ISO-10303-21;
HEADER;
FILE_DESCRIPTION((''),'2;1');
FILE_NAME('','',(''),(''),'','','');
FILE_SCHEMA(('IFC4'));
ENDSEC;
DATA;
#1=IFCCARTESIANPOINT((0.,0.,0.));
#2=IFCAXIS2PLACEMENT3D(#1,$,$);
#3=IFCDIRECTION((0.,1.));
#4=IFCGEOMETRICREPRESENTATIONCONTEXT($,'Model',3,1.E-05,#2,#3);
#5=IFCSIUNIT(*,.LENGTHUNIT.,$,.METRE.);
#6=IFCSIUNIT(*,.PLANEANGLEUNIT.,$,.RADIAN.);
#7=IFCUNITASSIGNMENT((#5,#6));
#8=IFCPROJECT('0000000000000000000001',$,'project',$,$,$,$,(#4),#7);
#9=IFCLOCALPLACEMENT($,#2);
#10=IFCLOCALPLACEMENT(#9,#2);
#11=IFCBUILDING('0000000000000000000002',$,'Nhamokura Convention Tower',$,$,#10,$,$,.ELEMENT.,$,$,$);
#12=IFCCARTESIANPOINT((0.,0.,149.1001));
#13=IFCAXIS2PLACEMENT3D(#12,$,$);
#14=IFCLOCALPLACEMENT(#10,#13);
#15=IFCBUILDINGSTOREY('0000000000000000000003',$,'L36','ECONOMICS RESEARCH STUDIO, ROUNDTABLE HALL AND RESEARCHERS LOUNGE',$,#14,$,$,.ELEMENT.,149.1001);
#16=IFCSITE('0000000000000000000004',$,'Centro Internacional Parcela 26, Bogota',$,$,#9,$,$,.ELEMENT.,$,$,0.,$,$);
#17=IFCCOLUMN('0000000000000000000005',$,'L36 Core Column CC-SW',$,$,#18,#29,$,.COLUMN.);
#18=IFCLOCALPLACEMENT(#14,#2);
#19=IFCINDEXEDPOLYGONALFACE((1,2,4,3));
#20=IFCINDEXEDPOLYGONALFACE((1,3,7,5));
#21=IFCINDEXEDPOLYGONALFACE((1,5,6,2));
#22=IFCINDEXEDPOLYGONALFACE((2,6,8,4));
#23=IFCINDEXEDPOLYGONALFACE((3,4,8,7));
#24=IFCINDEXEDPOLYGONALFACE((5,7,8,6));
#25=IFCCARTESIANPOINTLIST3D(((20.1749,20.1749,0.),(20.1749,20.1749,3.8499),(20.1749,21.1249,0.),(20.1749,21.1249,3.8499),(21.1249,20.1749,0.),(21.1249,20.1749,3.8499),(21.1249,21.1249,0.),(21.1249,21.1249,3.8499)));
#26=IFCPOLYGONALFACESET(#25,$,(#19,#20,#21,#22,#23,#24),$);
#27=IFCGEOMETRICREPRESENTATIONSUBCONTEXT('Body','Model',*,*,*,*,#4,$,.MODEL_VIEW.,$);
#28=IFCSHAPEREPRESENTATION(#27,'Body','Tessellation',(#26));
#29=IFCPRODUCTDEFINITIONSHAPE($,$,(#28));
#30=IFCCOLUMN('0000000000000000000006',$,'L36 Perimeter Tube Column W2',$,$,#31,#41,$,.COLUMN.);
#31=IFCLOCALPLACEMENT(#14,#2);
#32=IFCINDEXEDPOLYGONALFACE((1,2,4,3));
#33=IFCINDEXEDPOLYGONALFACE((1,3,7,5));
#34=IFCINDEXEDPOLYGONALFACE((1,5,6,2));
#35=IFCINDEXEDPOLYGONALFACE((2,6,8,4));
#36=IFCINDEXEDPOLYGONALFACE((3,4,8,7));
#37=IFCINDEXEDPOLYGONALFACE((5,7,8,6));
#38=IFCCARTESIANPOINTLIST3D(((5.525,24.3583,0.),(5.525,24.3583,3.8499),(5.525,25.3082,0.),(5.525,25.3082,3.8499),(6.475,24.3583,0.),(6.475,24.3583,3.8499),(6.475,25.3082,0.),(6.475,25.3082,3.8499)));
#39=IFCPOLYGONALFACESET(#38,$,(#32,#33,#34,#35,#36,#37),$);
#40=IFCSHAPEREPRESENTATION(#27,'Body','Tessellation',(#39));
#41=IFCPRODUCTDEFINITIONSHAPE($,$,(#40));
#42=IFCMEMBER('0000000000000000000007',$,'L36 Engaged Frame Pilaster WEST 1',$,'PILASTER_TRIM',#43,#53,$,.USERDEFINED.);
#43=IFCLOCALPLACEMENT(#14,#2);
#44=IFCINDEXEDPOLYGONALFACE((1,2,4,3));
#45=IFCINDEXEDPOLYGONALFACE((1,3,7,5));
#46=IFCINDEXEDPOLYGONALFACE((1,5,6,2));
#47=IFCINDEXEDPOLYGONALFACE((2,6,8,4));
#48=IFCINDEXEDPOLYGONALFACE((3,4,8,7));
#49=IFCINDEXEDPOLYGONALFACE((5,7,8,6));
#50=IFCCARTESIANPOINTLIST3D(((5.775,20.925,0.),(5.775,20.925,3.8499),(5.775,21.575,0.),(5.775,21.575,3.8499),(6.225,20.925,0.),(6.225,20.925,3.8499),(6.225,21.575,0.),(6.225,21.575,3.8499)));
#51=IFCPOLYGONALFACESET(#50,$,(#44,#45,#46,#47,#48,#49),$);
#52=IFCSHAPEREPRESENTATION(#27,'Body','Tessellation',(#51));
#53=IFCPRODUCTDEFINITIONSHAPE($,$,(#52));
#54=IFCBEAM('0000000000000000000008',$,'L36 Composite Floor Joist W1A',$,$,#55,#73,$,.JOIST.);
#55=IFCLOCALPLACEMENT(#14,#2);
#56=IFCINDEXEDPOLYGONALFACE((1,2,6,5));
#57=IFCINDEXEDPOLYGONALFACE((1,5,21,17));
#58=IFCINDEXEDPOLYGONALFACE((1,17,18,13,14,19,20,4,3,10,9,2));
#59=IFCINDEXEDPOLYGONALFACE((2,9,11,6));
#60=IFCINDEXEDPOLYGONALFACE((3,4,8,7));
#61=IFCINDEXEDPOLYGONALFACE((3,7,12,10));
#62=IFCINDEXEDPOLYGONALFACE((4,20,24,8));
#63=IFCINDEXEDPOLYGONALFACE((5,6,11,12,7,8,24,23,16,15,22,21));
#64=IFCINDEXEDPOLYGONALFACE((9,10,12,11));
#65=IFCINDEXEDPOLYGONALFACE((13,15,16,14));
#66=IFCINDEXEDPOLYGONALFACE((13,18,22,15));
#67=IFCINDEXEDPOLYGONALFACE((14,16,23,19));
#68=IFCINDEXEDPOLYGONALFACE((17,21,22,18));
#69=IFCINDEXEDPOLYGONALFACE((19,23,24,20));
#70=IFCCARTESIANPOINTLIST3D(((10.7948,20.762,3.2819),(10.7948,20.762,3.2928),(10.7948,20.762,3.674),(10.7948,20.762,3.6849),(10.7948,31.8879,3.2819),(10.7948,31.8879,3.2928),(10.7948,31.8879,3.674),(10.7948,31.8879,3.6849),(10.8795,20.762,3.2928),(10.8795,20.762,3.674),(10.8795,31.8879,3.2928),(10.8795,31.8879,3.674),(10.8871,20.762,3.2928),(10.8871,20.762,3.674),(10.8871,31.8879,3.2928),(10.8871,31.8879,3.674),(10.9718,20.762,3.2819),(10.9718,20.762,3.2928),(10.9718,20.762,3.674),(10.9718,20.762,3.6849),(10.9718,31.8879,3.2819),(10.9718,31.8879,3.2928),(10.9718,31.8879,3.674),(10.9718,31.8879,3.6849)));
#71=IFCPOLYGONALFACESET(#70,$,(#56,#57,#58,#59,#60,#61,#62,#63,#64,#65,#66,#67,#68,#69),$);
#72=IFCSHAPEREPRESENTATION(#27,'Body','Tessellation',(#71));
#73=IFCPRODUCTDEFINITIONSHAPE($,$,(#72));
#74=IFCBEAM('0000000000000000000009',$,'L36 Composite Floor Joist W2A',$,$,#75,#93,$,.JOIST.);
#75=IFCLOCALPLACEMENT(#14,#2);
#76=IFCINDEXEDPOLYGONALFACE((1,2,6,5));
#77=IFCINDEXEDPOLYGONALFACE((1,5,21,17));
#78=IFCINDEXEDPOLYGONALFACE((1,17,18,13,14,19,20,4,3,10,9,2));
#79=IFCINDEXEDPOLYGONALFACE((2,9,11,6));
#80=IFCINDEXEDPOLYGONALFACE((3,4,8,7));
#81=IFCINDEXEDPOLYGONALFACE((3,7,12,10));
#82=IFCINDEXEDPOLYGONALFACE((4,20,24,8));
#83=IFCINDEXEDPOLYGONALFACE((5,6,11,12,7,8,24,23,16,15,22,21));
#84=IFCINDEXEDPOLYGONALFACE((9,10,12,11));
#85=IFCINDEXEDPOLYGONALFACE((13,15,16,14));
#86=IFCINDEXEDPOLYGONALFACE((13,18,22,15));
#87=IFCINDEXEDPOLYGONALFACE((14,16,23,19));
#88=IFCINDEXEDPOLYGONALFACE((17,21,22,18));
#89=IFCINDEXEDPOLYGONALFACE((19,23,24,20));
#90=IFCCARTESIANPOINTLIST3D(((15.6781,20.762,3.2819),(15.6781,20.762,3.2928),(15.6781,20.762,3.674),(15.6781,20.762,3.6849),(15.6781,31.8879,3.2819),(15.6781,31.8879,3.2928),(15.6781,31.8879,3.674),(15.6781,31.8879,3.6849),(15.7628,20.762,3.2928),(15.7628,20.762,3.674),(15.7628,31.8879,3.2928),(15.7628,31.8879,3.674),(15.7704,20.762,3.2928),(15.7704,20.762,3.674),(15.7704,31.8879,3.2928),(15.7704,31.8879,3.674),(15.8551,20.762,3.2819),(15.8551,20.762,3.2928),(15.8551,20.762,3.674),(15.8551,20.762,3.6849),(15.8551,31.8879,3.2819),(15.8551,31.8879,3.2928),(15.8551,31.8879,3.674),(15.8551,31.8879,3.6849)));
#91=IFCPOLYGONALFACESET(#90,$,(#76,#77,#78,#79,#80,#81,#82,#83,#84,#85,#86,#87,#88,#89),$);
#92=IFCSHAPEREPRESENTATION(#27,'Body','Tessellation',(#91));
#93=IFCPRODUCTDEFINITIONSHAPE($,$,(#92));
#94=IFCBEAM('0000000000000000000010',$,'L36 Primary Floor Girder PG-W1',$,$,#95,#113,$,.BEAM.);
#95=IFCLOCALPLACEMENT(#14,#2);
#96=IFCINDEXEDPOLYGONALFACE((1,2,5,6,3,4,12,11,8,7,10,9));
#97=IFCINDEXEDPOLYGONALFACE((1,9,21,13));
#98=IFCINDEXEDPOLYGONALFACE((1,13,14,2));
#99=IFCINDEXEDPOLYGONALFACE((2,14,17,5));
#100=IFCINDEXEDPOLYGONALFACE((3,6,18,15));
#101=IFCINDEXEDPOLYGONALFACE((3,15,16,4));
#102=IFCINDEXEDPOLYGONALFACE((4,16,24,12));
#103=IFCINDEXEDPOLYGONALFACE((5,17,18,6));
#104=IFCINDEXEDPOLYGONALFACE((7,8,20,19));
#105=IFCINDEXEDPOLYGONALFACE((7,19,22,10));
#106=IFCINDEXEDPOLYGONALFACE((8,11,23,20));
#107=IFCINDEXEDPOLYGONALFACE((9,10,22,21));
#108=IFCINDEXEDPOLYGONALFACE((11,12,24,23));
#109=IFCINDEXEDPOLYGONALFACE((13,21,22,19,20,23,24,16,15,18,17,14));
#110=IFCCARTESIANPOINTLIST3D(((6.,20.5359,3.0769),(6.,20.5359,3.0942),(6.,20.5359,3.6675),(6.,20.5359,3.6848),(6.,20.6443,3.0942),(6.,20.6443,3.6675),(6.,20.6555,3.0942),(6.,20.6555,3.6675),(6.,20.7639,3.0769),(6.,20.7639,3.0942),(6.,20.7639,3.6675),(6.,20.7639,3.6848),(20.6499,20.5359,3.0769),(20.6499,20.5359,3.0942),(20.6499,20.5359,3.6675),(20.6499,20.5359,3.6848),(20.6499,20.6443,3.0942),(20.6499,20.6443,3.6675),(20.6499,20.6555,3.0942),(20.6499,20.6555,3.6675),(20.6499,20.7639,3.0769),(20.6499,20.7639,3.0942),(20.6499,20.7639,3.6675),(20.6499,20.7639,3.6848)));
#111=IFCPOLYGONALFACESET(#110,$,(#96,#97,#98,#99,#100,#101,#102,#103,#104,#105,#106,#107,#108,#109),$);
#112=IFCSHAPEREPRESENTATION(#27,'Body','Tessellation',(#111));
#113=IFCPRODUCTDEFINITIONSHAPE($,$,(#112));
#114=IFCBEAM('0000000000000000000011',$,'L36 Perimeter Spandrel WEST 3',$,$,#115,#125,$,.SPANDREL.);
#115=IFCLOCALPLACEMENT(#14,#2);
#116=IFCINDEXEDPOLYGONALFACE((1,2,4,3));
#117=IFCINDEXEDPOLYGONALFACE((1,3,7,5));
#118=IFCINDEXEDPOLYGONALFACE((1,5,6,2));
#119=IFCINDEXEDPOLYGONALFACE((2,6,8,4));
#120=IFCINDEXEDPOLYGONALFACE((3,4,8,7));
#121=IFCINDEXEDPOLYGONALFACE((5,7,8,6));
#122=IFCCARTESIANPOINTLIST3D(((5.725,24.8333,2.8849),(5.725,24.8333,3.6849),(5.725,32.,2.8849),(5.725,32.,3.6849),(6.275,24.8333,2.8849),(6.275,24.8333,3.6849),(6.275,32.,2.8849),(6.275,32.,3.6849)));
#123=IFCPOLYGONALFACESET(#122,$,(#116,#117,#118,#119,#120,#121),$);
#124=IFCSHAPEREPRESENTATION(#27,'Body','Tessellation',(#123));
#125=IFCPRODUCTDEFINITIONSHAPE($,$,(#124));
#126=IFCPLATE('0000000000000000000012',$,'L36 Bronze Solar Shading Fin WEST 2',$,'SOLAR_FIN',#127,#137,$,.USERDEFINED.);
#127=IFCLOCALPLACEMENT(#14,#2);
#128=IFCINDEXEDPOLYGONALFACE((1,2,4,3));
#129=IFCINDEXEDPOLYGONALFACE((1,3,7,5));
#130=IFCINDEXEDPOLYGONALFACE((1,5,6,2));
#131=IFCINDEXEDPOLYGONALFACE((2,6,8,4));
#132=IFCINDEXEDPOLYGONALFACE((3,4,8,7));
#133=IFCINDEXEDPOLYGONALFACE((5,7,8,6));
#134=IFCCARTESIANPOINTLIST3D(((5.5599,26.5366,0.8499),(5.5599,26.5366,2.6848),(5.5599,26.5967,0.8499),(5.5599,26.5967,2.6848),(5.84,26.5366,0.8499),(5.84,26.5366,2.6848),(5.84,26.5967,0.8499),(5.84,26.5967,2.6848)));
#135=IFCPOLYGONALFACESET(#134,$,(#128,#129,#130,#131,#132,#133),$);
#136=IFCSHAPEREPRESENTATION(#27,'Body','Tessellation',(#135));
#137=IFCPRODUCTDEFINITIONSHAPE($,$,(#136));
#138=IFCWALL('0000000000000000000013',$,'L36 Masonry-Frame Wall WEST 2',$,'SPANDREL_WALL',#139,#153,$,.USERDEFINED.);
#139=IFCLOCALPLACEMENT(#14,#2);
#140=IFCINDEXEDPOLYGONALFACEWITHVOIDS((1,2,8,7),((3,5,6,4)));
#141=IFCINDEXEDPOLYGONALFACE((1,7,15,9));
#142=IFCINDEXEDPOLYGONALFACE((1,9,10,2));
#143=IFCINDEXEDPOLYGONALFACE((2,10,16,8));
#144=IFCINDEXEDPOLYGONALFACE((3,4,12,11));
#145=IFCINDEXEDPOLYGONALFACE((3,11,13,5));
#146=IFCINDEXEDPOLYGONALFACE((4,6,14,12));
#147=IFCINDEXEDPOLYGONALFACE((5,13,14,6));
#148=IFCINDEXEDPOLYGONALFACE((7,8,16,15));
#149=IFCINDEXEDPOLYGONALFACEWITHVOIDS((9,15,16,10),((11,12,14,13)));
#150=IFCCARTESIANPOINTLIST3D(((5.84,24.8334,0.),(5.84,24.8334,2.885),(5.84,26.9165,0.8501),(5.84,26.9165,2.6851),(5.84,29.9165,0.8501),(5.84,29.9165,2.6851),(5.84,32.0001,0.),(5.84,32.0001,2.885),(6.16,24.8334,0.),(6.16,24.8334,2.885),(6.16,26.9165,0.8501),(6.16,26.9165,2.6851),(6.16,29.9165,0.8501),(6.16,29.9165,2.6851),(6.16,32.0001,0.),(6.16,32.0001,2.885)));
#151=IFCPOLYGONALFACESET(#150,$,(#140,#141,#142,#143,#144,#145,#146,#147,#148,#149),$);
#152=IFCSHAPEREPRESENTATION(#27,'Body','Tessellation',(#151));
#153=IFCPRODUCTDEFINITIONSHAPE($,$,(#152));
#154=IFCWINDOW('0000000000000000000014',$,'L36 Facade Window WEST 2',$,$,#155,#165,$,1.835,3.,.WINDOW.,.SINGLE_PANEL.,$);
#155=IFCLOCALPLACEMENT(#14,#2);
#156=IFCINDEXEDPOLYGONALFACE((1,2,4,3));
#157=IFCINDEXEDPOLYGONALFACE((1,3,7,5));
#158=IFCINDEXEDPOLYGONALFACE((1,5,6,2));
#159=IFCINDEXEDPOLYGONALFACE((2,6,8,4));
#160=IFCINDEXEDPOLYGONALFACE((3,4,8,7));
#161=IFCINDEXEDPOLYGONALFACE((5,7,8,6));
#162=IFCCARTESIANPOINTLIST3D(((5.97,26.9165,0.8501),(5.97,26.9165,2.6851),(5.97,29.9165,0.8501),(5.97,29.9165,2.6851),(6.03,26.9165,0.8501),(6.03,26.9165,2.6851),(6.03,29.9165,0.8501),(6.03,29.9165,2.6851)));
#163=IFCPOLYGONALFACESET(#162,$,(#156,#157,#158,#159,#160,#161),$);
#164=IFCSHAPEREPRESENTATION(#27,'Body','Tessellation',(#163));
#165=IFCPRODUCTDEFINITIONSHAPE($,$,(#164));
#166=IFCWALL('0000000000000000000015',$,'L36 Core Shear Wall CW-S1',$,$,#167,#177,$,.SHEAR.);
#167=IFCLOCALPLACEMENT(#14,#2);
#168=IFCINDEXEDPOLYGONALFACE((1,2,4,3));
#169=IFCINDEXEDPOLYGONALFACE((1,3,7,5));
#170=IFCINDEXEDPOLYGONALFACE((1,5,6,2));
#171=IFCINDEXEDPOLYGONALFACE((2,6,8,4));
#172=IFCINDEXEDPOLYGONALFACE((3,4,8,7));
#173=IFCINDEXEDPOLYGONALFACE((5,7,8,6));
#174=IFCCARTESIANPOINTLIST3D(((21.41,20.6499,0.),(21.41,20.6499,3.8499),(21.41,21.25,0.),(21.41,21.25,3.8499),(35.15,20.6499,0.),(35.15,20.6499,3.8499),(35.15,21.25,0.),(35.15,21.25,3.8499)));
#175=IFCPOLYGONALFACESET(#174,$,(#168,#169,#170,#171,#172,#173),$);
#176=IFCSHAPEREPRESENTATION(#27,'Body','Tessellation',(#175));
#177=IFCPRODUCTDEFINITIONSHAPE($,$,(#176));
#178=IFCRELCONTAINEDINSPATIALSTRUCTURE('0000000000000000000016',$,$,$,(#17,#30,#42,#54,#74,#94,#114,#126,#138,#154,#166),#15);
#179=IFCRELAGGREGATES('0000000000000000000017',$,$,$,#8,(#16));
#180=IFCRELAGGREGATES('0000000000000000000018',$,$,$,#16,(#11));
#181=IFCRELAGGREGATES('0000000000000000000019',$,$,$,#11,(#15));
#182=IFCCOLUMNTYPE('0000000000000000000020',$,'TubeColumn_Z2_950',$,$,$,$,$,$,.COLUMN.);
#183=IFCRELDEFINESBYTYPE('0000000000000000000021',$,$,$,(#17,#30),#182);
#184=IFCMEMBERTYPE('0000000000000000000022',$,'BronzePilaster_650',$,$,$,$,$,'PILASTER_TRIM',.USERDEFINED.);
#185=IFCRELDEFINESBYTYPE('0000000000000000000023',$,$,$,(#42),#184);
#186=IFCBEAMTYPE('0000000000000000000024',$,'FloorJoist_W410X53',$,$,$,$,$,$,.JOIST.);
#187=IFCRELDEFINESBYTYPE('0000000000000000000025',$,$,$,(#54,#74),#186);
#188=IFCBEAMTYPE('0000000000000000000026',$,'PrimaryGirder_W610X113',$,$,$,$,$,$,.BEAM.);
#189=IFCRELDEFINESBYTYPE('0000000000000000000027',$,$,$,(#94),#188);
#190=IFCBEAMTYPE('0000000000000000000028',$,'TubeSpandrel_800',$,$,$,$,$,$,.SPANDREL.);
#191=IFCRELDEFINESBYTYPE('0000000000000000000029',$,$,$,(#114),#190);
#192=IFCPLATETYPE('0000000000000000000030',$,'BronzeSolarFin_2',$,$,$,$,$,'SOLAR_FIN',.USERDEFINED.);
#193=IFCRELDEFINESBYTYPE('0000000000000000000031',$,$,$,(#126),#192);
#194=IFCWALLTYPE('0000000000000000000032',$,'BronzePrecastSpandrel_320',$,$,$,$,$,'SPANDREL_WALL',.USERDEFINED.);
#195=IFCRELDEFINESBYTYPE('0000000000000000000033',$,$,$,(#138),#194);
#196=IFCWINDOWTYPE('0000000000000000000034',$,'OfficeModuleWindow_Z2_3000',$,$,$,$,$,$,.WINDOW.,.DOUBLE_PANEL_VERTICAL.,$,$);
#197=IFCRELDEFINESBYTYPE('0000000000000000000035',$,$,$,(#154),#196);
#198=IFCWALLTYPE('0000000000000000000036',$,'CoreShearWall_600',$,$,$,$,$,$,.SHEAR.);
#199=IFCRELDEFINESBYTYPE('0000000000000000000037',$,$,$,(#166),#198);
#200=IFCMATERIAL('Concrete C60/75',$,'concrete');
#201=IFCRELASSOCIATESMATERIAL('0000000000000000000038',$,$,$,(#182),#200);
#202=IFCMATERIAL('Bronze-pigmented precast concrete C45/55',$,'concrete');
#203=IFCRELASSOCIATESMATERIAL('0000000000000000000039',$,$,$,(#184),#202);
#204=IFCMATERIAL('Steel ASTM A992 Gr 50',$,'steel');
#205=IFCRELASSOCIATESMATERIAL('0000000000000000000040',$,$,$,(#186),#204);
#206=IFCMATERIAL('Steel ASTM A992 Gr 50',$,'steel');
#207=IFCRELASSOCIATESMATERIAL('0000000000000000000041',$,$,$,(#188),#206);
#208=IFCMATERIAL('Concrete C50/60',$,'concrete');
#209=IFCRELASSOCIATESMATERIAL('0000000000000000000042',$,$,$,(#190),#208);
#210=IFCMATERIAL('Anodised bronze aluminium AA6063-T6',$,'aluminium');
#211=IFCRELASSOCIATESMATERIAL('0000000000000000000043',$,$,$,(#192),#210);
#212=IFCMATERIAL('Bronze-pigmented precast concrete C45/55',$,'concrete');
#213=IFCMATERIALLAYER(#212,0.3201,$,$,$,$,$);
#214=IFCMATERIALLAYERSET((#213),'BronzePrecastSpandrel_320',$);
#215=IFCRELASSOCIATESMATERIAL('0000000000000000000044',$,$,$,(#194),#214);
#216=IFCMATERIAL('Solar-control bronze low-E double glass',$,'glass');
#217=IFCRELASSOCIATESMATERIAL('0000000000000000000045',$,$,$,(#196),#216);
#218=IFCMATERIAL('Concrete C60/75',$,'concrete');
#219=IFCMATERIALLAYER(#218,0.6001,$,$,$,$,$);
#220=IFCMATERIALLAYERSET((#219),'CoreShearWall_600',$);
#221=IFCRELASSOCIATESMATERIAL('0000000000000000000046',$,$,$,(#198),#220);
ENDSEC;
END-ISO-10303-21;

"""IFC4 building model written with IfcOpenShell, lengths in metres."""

from ifc_helpers import new_model, si_unit, direction, frame, frame_2d, origin, origin_2d, place, context, subcontext, project, spatial, rectangle, i_section, extrude, material, layer, layer_set, material_profile, profile_set, type_object, element, fill, save


model = new_model("IFC4")

# Units and contexts
model_context = context("Model", 3, precision=1e-05, world=origin(), true_north=direction((0.0, 1.0)))
body_context = subcontext(model_context, "Body", "Model", "MODEL_VIEW")
ifc_project = project(units=[si_unit("LENGTHUNIT", "METRE"), si_unit("PLANEANGLEUNIT", "RADIAN")], contexts=[model_context])

# Site, building, storey
site_placement = place(None, origin())
site = spatial("IfcSite", under=ifc_project, at=site_placement, Name="Centro Internacional Parcela 26, Bogota", CompositionType="ELEMENT", RefElevation=0.0)
building_placement = place(site_placement, origin())
building = spatial("IfcBuilding", under=site, at=building_placement, Name="Nhamokura Convention Tower", CompositionType="ELEMENT")
storey_placement = place(building_placement, frame((0.0, 0.0, 149.1001)))
storey = spatial("IfcBuildingStorey", under=building, at=storey_placement, Name="L36", Description="ECONOMICS RESEARCH STUDIO, ROUNDTABLE HALL AND RESEARCHERS LOUNGE", CompositionType="ELEMENT", Elevation=149.1001)

# Columns
ifc_material_1 = material(Name="Concrete C60/75", Category="concrete")
ifc_material_profile_1 = material_profile(ifc_material_1, rectangle(XDim=0.95, YDim=0.95, at=origin_2d()))
ifc_profile_set_1 = profile_set([ifc_material_profile_1], Name="Concrete C60/75")
column_type = type_object("IfcColumnType", Name="TubeColumn_Z2_950", PredefinedType="COLUMN", material=ifc_profile_set_1)
for number, where, z_axis, x_axis, name in (
    (1, (20.6499, 20.6499, 0.0), (0.0, 0.0, 1.0), (1.0, 0.0, 0.0), "L36 Core Column CC-SW"),
    (2, (6.0, 24.8333, 0.0), (0.0, 0.0, 1.0), (1.0, 0.0, 0.0), "L36 Perimeter Tube Column W2"),
):
    element("IfcColumn", number, at=place(storey_placement, frame(where, z_axis=z_axis, x_axis=x_axis)), inside=storey, type_object=column_type, Name=name, PredefinedType="COLUMN", context=body_context, shape_type="SweptSolid", body=[
        extrude(rectangle(XDim=0.95, YDim=0.95, at=origin_2d()), origin(), (0.0, 0.0, 1.0), 3.8499),
    ])

# Member
ifc_material_2 = material(Name="Bronze-pigmented precast concrete C45/55", Category="concrete")
ifc_material_profile_2 = material_profile(ifc_material_2, rectangle(XDim=0.45, YDim=0.6499, at=origin_2d()))
ifc_profile_set_2 = profile_set([ifc_material_profile_2], Name="Bronze-pigmented precast concrete C45/55")
member_type = type_object("IfcMemberType", Name="BronzePilaster_650", ElementType="PILASTER_TRIM", PredefinedType="USERDEFINED", material=ifc_profile_set_2)
member_placement = place(storey_placement, frame((6.0, 21.25, 0.0), z_axis=(0.0, 0.0, 1.0), x_axis=(1.0, 0.0, 0.0)))
element("IfcMember", 3, at=member_placement, inside=storey, type_object=member_type, Name="L36 Engaged Frame Pilaster WEST 1", ObjectType="PILASTER_TRIM", PredefinedType="USERDEFINED", context=body_context, shape_type="SweptSolid", body=[
    extrude(rectangle(XDim=0.45, YDim=0.6499, at=origin_2d()), origin(), (0.0, 0.0, 1.0), 3.8499),
])

# Beams
ifc_material_3 = material(Name="Steel ASTM A992 Gr 50", Category="steel")
ifc_material_profile_3 = material_profile(ifc_material_3, i_section(OverallWidth=0.177, OverallDepth=0.4031, WebThickness=0.0076, FlangeThickness=0.011, at=origin_2d()))
ifc_profile_set_3 = profile_set([ifc_material_profile_3], Name="Steel ASTM A992 Gr 50")
beam_type_1 = type_object("IfcBeamType", Name="FloorJoist_W410X53", PredefinedType="JOIST", material=ifc_profile_set_3)
for number, where, z_axis, x_axis, name in (
    (4, (10.8833, 20.762, 3.4834), (0.0, 1.0, 0.0), (-1.0, 0.0, 0.0), "L36 Composite Floor Joist W1A"),
    (5, (15.7666, 20.762, 3.4834), (0.0, 1.0, 0.0), (-1.0, 0.0, 0.0), "L36 Composite Floor Joist W2A"),
):
    element("IfcBeam", number, at=place(storey_placement, frame(where, z_axis=z_axis, x_axis=x_axis)), inside=storey, type_object=beam_type_1, Name=name, PredefinedType="JOIST", context=body_context, shape_type="SweptSolid", body=[
        extrude(i_section(OverallWidth=0.177, OverallDepth=0.4031, WebThickness=0.0076, FlangeThickness=0.011, at=origin_2d()), origin(), (0.0, 0.0, 1.0), 11.126),
    ])
ifc_material_4 = material(Name="Steel ASTM A992 Gr 50", Category="steel")
ifc_material_profile_4 = material_profile(ifc_material_4, i_section(OverallWidth=0.228, OverallDepth=0.6079, WebThickness=0.0112, FlangeThickness=0.0173, at=origin_2d()))
ifc_profile_set_4 = profile_set([ifc_material_profile_4], Name="Steel ASTM A992 Gr 50")
beam_type_2 = type_object("IfcBeamType", Name="PrimaryGirder_W610X113", PredefinedType="BEAM", material=ifc_profile_set_4)
beam_1_placement = place(storey_placement, frame((6.0, 20.6499, 3.3809), z_axis=(1.0, 0.0, 0.0), x_axis=(0.0, 1.0, 0.0)))
element("IfcBeam", 6, at=beam_1_placement, inside=storey, type_object=beam_type_2, Name="L36 Primary Floor Girder PG-W1", PredefinedType="BEAM", context=body_context, shape_type="SweptSolid", body=[
    extrude(i_section(OverallWidth=0.228, OverallDepth=0.6079, WebThickness=0.0112, FlangeThickness=0.0173, at=origin_2d()), origin(), (0.0, 0.0, 1.0), 14.6499),
])
ifc_material_5 = material(Name="Concrete C50/60", Category="concrete")
ifc_material_profile_5 = material_profile(ifc_material_5, rectangle(XDim=0.55, YDim=0.8, at=origin_2d()))
ifc_profile_set_5 = profile_set([ifc_material_profile_5], Name="Concrete C50/60")
beam_type_3 = type_object("IfcBeamType", Name="TubeSpandrel_800", PredefinedType="SPANDREL", material=ifc_profile_set_5)
beam_2_placement = place(storey_placement, frame((6.0, 24.8333, 3.2849), z_axis=(0.0, 1.0, 0.0), x_axis=(-1.0, 0.0, 0.0)))
element("IfcBeam", 7, at=beam_2_placement, inside=storey, type_object=beam_type_3, Name="L36 Perimeter Spandrel WEST 3", PredefinedType="SPANDREL", context=body_context, shape_type="SweptSolid", body=[
    extrude(rectangle(XDim=0.55, YDim=0.8, at=origin_2d()), origin(), (0.0, 0.0, 1.0), 7.1667),
])

# Plate
ifc_material_6 = material(Name="Anodised bronze aluminium AA6063-T6", Category="aluminium")
plate_type = type_object("IfcPlateType", Name="BronzeSolarFin_2", ElementType="SOLAR_FIN", PredefinedType="USERDEFINED", material=ifc_material_6)
plate_placement = place(storey_placement, frame((5.7, 26.5667, 0.8499), z_axis=(0.0, 0.0, 1.0), x_axis=(1.0, 0.0, 0.0)))
element("IfcPlate", 8, at=plate_placement, inside=storey, type_object=plate_type, Name="L36 Bronze Solar Shading Fin WEST 2", ObjectType="SOLAR_FIN", PredefinedType="USERDEFINED", context=body_context, shape_type="SweptSolid", body=[
    extrude(rectangle(XDim=0.28, YDim=0.0601, at=origin_2d()), origin(), (0.0, 0.0, 1.0), 1.835),
])

# Wall, opening, window
ifc_material_7 = material(Name="Bronze-pigmented precast concrete C45/55", Category="concrete")
ifc_layer_1 = layer(ifc_material_7, 0.3201)
ifc_layer_set_1 = layer_set([ifc_layer_1], Name="BronzePrecastSpandrel_320")
wall_type_1 = type_object("IfcWallType", Name="BronzePrecastSpandrel_320", ElementType="SPANDREL_WALL", PredefinedType="USERDEFINED", material=ifc_layer_set_1)
wall_1_placement = place(storey_placement, frame((6.0, 24.8333, 0.0), z_axis=(0.0, 0.0, 1.0), x_axis=(0.0, 1.0, 0.0)))
wall_1 = element("IfcWall", 9, at=wall_1_placement, inside=storey, type_object=wall_type_1, Name="L36 Masonry-Frame Wall WEST 2", ObjectType="SPANDREL_WALL", PredefinedType="USERDEFINED", context=body_context, shape_type="SweptSolid", body=[
    extrude(rectangle(XDim=7.1667, YDim=0.3201, at=frame_2d((3.5835, 0.0))), origin(), (0.0, 0.0, 1.0), 2.885),
])
opening_1_placement = place(wall_1_placement, frame((2.0833, 0.0, 0.8501)))
opening_1 = element("IfcOpeningElement", 10, at=opening_1_placement, cuts=wall_1, PredefinedType="OPENING", context=body_context, shape_type="SweptSolid", body=[
    extrude(rectangle(XDim=3.0, YDim=1.835, at=frame_2d((1.5, 0.9175))), frame((0.0, 0.1699, 0.0), z_axis=(0.0, -1.0, 0.0), x_axis=(1.0, 0.0, 0.0)), (0.0, 0.0, 1.0), 0.3401),
])
ifc_material_8 = material(Name="Solar-control bronze low-E double glass", Category="glass")
window_type = type_object("IfcWindowType", Name="OfficeModuleWindow_Z2_3000", PartitioningType="DOUBLE_PANEL_VERTICAL", PredefinedType="WINDOW", material=ifc_material_8)
window_placement = place(opening_1_placement, origin())
window = element("IfcWindow", 11, at=window_placement, inside=storey, type_object=window_type, Name="L36 Facade Window WEST 2", OverallHeight=1.835, OverallWidth=3.0, PartitioningType="SINGLE_PANEL", PredefinedType="WINDOW", context=body_context, shape_type="SweptSolid", body=[
    extrude(rectangle(XDim=3.0, YDim=1.835, at=frame_2d((1.5, 0.9175))), frame((0.0, 0.03, 0.0), z_axis=(0.0, -1.0, 0.0), x_axis=(1.0, 0.0, 0.0)), (0.0, 0.0, 1.0), 0.0601),
])
fill(opening_1, window)

# Shared definitions
ifc_material_9 = material(Name="Concrete C60/75", Category="concrete")
ifc_layer_2 = layer(ifc_material_9, 0.6001)
ifc_layer_set_2 = layer_set([ifc_layer_2], Name="CoreShearWall_600")
wall_type_2 = type_object("IfcWallType", Name="CoreShearWall_600", PredefinedType="SHEAR", material=ifc_layer_set_2)

# Wall
wall_2_placement = place(storey_placement, frame((21.4099, 20.95, 0.0), z_axis=(0.0, 0.0, 1.0), x_axis=(1.0, 0.0, 0.0)))
element("IfcWall", 12, at=wall_2_placement, inside=storey, type_object=wall_type_2, Name="L36 Core Shear Wall CW-S1", PredefinedType="SHEAR", context=body_context, shape_type="SweptSolid", body=[
    extrude(rectangle(XDim=13.74, YDim=0.6001, at=frame_2d((6.8701, 0.0))), origin(), (0.0, 0.0, 1.0), 3.8499),
])

save(model, "model.ifc")
